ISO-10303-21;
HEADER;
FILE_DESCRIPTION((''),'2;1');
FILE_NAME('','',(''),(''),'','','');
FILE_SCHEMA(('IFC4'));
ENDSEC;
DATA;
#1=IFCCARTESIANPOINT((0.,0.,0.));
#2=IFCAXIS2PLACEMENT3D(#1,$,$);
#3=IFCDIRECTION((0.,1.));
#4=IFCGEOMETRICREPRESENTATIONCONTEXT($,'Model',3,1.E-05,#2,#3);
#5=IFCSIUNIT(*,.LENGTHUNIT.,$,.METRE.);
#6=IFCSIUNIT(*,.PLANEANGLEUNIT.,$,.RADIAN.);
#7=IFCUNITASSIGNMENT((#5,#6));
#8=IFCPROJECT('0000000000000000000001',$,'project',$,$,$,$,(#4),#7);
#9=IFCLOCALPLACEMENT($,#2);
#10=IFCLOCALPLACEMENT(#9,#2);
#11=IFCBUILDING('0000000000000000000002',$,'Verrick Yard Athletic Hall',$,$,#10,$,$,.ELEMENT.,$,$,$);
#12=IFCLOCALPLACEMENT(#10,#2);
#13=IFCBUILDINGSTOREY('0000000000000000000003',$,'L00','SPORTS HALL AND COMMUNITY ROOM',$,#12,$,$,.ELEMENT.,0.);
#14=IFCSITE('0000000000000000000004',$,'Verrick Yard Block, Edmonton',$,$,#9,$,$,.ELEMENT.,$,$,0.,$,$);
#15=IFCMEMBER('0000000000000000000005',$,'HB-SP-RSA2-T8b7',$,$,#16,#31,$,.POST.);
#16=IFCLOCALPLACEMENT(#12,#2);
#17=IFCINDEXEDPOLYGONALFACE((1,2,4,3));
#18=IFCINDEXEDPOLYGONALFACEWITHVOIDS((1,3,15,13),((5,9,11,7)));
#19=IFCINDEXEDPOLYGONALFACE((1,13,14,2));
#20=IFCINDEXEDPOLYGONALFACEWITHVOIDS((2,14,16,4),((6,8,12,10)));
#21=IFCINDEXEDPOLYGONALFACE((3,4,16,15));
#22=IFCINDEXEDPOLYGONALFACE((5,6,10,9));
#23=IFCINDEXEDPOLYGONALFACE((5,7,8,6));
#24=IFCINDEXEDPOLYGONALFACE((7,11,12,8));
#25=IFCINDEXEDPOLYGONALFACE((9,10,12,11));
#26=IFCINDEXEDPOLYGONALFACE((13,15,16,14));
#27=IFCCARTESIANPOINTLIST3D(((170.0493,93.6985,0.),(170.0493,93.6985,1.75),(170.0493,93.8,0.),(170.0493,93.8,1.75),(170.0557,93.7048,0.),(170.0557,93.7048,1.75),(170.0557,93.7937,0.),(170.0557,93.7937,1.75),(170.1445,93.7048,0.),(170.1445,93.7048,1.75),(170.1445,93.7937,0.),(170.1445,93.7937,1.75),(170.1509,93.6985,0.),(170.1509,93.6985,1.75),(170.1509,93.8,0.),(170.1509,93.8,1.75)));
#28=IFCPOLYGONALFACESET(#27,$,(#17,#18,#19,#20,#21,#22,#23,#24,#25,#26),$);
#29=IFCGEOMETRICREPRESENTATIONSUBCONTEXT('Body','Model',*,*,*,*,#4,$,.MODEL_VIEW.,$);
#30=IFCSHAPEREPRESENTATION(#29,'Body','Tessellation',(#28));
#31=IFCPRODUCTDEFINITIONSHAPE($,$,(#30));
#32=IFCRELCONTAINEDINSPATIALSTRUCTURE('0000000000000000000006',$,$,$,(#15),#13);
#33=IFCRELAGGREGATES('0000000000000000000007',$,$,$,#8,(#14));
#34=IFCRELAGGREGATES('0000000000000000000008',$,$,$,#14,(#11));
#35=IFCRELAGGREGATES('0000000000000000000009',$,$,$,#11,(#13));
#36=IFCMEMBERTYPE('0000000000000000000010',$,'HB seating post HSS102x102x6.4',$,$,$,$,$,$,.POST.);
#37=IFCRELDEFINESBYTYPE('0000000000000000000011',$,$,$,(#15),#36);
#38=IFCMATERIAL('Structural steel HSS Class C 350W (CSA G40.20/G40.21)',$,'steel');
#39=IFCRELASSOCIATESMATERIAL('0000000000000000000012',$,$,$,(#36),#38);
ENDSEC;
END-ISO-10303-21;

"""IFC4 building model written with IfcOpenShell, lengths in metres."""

from ifc_helpers import new_model, si_unit, direction, frame, origin, origin_2d, place, context, subcontext, project, spatial, hollow_rectangle, extrude, material, material_profile, profile_set, type_object, element, save


model = new_model("IFC4")

# Units and contexts
model_context = context("Model", 3, precision=1e-05, world=origin(), true_north=direction((0.0, 1.0)))
body_context = subcontext(model_context, "Body", "Model", "MODEL_VIEW")
ifc_project = project(units=[si_unit("LENGTHUNIT", "METRE"), si_unit("PLANEANGLEUNIT", "RADIAN")], contexts=[model_context])

# Site, building, storey
site_placement = place(None, origin())
site = spatial("IfcSite", under=ifc_project, at=site_placement, Name="Verrick Yard Block, Edmonton", CompositionType="ELEMENT", RefElevation=0.0)
building_placement = place(site_placement, origin())
building = spatial("IfcBuilding", under=site, at=building_placement, Name="Verrick Yard Athletic Hall", CompositionType="ELEMENT")
storey_placement = place(building_placement, origin())
storey = spatial("IfcBuildingStorey", under=building, at=storey_placement, Name="L00", Description="SPORTS HALL AND COMMUNITY ROOM", CompositionType="ELEMENT", Elevation=0.0)

# Member
ifc_material_1 = material(Name="Structural steel HSS Class C 350W (CSA G40.20/G40.21)", Category="steel")
ifc_material_profile_1 = material_profile(ifc_material_1, hollow_rectangle(XDim=0.1016, YDim=0.1016, WallThickness=0.0063, at=origin_2d()), Name="HSS102x102x6.4")
ifc_profile_set_1 = profile_set([ifc_material_profile_1], Name="Structural steel HSS Class C 350W (CSA G40.20/G40.21)")
member_type_1 = type_object("IfcMemberType", Name="HB seating post HSS102x102x6.4", PredefinedType="POST", material=ifc_profile_set_1)
for number, where, z_axis, x_axis, name in (
    (1, (170.1001, 93.7493, 0.0), (0.0, 0.0, 1.0), (0.0, 1.0, 0.0), "HB-SP-RSA2-T8b7"),
):
    element("IfcMember", number, at=place(storey_placement, frame(where, z_axis=z_axis, x_axis=x_axis)), inside=storey, type_object=member_type_1, Name=name, PredefinedType="POST", context=body_context, shape_type="SweptSolid", body=[
        extrude(hollow_rectangle(XDim=0.1016, YDim=0.1016, WallThickness=0.0063, at=origin_2d()), origin(), (0.0, 0.0, 1.0), 1.75),
    ])

save(model, "model.ifc")
